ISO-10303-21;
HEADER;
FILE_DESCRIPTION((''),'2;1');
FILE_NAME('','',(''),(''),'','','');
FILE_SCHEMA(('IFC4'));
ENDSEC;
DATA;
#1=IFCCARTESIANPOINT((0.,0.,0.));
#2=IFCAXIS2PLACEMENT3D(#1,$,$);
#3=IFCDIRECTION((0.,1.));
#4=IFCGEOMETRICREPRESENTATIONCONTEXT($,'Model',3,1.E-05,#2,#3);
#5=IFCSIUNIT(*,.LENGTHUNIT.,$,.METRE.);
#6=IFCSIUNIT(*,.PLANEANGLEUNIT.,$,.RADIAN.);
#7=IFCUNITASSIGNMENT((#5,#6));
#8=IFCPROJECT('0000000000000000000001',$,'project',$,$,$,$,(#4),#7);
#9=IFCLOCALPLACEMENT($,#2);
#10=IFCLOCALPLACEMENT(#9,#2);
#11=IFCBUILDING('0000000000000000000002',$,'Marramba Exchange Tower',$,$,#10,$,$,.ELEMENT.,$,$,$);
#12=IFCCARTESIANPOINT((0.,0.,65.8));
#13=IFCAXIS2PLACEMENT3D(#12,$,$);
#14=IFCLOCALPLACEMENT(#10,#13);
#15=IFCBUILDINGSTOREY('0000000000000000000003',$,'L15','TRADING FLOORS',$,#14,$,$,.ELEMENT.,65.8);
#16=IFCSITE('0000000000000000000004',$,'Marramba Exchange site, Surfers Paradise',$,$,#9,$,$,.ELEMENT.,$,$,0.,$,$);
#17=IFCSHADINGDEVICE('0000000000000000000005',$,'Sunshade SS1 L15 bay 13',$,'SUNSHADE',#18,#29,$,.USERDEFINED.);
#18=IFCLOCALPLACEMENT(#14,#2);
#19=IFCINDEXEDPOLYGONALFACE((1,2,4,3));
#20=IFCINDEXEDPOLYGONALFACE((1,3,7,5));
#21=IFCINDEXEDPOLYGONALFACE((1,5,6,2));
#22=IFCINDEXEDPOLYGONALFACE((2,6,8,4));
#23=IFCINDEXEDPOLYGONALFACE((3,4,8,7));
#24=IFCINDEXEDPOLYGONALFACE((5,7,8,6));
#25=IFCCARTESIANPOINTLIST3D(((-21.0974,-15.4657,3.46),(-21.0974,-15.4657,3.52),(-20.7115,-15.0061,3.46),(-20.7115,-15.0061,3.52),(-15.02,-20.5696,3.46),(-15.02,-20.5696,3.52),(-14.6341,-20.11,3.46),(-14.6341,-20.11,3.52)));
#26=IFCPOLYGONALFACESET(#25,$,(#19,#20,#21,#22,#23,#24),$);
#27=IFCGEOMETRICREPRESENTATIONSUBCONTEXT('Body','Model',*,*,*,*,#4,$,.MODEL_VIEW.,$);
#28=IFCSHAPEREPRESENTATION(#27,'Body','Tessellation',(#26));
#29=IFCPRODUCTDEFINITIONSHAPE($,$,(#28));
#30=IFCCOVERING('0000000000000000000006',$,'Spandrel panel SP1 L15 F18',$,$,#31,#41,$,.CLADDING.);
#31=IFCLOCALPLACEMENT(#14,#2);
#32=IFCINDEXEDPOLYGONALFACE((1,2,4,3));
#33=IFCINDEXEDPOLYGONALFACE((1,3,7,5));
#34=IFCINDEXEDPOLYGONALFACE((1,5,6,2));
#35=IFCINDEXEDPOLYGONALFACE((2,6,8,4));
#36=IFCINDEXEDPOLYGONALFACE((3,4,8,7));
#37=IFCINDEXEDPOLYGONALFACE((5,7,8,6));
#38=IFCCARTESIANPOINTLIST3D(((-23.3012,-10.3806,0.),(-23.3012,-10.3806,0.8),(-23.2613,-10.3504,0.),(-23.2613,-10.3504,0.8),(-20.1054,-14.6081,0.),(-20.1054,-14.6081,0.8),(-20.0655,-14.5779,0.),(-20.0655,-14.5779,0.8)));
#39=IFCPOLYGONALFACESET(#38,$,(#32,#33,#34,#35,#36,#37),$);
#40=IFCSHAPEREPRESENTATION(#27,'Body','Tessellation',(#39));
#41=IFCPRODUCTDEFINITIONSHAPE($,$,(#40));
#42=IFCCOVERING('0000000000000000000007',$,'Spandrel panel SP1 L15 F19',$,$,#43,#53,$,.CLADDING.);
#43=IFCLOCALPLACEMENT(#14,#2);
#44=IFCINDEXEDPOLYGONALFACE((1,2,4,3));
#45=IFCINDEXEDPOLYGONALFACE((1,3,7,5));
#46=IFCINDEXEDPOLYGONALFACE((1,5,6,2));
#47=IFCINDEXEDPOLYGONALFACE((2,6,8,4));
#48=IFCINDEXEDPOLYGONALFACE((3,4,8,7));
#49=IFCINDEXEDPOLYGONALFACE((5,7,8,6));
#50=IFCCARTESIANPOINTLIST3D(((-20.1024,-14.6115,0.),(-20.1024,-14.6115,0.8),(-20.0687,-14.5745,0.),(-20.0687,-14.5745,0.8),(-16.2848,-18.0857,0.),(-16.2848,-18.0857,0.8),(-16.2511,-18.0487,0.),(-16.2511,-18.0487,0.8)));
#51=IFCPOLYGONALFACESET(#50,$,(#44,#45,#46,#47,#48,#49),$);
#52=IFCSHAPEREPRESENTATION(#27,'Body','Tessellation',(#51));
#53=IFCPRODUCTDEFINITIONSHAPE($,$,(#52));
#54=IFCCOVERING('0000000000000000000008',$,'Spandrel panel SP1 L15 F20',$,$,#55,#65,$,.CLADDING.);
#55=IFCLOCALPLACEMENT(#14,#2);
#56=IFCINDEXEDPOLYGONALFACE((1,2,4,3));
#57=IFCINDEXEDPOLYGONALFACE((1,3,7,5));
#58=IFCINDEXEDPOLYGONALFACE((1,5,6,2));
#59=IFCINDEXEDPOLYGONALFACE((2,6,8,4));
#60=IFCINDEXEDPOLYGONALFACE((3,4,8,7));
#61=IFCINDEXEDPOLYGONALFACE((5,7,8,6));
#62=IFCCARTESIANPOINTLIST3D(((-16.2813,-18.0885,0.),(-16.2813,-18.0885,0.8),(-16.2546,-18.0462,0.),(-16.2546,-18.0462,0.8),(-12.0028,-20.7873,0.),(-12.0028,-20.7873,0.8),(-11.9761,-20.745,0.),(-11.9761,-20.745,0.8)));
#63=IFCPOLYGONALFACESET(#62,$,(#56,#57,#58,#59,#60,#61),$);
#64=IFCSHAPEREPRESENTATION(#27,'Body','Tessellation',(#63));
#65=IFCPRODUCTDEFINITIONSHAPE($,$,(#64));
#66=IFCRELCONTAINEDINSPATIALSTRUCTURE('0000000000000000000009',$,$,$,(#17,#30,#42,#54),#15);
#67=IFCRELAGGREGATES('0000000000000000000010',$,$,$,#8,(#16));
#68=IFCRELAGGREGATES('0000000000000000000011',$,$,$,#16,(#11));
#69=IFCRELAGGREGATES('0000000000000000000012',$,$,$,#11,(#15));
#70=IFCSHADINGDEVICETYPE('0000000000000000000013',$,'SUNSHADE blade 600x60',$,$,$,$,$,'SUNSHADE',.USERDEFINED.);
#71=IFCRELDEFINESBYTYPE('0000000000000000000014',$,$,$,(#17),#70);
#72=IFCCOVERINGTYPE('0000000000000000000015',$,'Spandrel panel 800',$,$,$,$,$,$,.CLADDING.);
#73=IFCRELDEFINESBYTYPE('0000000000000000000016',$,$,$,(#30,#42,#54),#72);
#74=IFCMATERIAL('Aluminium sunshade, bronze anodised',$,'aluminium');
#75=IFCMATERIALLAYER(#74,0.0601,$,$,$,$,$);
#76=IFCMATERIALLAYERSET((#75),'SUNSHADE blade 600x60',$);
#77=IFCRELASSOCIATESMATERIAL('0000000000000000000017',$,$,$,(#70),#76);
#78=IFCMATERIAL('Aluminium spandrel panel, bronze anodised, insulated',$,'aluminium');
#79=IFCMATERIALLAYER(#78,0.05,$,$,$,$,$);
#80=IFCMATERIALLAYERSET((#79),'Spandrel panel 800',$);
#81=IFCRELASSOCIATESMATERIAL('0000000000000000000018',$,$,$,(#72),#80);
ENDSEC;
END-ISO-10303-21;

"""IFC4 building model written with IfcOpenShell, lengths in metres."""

from ifc_helpers import new_model, si_unit, direction, frame, origin, origin_2d, place, context, subcontext, project, spatial, rectangle, extrude, material, layer, layer_set, type_object, element, save


model = new_model("IFC4")

# Units and contexts
model_context = context("Model", 3, precision=1e-05, world=origin(), true_north=direction((0.0, 1.0)))
body_context = subcontext(model_context, "Body", "Model", "MODEL_VIEW")
ifc_project = project(units=[si_unit("LENGTHUNIT", "METRE"), si_unit("PLANEANGLEUNIT", "RADIAN")], contexts=[model_context])

# Site, building, storey
site_placement = place(None, origin())
site = spatial("IfcSite", under=ifc_project, at=site_placement, Name="Marramba Exchange site, Surfers Paradise", CompositionType="ELEMENT", RefElevation=0.0)
building_placement = place(site_placement, origin())
building = spatial("IfcBuilding", under=site, at=building_placement, Name="Marramba Exchange Tower", CompositionType="ELEMENT")
storey_placement = place(building_placement, frame((0.0, 0.0, 65.8)))
storey = spatial("IfcBuildingStorey", under=building, at=storey_placement, Name="L15", Description="TRADING FLOORS", CompositionType="ELEMENT", Elevation=65.8)

# Shading device
ifc_material_1 = material(Name="Aluminium sunshade, bronze anodised", Category="aluminium")
ifc_layer_1 = layer(ifc_material_1, 0.0601)
ifc_layer_set_1 = layer_set([ifc_layer_1], Name="SUNSHADE blade 600x60")
shading_device_type_1 = type_object("IfcShadingDeviceType", Name="SUNSHADE blade 600x60", ElementType="SUNSHADE", PredefinedType="USERDEFINED", material=ifc_layer_set_1)
shading_device_1_placement = place(storey_placement, frame((-17.8657, -17.7878, 3.46), z_axis=(0.0, 0.0, 1.0), x_axis=(0.765776, -0.643107, 0.0)))
element("IfcShadingDevice", 1, at=shading_device_1_placement, inside=storey, type_object=shading_device_type_1, Name="Sunshade SS1 L15 bay 13", ObjectType="SUNSHADE", PredefinedType="USERDEFINED", context=body_context, shape_type="SweptSolid", body=[
    extrude(rectangle(XDim=7.9363, YDim=0.6001, at=origin_2d()), origin(), (0.0, 0.0, 1.0), 0.0601),
])

# Coverings
ifc_material_2 = material(Name="Aluminium spandrel panel, bronze anodised, insulated", Category="aluminium")
ifc_layer_2 = layer(ifc_material_2, 0.05)
ifc_layer_set_2 = layer_set([ifc_layer_2], Name="Spandrel panel 800")
covering_type = type_object("IfcCoveringType", Name="Spandrel panel 800", PredefinedType="CLADDING", material=ifc_layer_set_2)
covering_1_placement = place(storey_placement, frame((-21.6833, -12.4792, 0.0), z_axis=(0.0, 0.0, 1.0), x_axis=(0.60304, -0.797711, 0.0)))
element("IfcCovering", 2, at=covering_1_placement, inside=storey, type_object=covering_type, Name="Spandrel panel SP1 L15 F18", PredefinedType="CLADDING", context=body_context, shape_type="SweptSolid", body=[
    extrude(rectangle(XDim=5.2996, YDim=0.05, at=origin_2d()), origin(), (0.0, 0.0, 1.0), 0.8),
])
covering_2_placement = place(storey_placement, frame((-18.1768, -16.3301, 0.0), z_axis=(0.0, 0.0, 1.0), x_axis=(0.73959, -0.673058, 0.0)))
element("IfcCovering", 3, at=covering_2_placement, inside=storey, type_object=covering_type, Name="Spandrel panel SP1 L15 F19", PredefinedType="CLADDING", context=body_context, shape_type="SweptSolid", body=[
    extrude(rectangle(XDim=5.1619, YDim=0.05, at=origin_2d()), origin(), (0.0, 0.0, 1.0), 0.8),
])
covering_3_placement = place(storey_placement, frame((-14.1287, -19.4167, 0.0), z_axis=(0.0, 0.0, 1.0), x_axis=(0.845791, -0.533515, 0.0)))
element("IfcCovering", 4, at=covering_3_placement, inside=storey, type_object=covering_type, Name="Spandrel panel SP1 L15 F20", PredefinedType="CLADDING", context=body_context, shape_type="SweptSolid", body=[
    extrude(rectangle(XDim=5.0586, YDim=0.05, at=origin_2d()), origin(), (0.0, 0.0, 1.0), 0.8),
])

save(model, "model.ifc")
